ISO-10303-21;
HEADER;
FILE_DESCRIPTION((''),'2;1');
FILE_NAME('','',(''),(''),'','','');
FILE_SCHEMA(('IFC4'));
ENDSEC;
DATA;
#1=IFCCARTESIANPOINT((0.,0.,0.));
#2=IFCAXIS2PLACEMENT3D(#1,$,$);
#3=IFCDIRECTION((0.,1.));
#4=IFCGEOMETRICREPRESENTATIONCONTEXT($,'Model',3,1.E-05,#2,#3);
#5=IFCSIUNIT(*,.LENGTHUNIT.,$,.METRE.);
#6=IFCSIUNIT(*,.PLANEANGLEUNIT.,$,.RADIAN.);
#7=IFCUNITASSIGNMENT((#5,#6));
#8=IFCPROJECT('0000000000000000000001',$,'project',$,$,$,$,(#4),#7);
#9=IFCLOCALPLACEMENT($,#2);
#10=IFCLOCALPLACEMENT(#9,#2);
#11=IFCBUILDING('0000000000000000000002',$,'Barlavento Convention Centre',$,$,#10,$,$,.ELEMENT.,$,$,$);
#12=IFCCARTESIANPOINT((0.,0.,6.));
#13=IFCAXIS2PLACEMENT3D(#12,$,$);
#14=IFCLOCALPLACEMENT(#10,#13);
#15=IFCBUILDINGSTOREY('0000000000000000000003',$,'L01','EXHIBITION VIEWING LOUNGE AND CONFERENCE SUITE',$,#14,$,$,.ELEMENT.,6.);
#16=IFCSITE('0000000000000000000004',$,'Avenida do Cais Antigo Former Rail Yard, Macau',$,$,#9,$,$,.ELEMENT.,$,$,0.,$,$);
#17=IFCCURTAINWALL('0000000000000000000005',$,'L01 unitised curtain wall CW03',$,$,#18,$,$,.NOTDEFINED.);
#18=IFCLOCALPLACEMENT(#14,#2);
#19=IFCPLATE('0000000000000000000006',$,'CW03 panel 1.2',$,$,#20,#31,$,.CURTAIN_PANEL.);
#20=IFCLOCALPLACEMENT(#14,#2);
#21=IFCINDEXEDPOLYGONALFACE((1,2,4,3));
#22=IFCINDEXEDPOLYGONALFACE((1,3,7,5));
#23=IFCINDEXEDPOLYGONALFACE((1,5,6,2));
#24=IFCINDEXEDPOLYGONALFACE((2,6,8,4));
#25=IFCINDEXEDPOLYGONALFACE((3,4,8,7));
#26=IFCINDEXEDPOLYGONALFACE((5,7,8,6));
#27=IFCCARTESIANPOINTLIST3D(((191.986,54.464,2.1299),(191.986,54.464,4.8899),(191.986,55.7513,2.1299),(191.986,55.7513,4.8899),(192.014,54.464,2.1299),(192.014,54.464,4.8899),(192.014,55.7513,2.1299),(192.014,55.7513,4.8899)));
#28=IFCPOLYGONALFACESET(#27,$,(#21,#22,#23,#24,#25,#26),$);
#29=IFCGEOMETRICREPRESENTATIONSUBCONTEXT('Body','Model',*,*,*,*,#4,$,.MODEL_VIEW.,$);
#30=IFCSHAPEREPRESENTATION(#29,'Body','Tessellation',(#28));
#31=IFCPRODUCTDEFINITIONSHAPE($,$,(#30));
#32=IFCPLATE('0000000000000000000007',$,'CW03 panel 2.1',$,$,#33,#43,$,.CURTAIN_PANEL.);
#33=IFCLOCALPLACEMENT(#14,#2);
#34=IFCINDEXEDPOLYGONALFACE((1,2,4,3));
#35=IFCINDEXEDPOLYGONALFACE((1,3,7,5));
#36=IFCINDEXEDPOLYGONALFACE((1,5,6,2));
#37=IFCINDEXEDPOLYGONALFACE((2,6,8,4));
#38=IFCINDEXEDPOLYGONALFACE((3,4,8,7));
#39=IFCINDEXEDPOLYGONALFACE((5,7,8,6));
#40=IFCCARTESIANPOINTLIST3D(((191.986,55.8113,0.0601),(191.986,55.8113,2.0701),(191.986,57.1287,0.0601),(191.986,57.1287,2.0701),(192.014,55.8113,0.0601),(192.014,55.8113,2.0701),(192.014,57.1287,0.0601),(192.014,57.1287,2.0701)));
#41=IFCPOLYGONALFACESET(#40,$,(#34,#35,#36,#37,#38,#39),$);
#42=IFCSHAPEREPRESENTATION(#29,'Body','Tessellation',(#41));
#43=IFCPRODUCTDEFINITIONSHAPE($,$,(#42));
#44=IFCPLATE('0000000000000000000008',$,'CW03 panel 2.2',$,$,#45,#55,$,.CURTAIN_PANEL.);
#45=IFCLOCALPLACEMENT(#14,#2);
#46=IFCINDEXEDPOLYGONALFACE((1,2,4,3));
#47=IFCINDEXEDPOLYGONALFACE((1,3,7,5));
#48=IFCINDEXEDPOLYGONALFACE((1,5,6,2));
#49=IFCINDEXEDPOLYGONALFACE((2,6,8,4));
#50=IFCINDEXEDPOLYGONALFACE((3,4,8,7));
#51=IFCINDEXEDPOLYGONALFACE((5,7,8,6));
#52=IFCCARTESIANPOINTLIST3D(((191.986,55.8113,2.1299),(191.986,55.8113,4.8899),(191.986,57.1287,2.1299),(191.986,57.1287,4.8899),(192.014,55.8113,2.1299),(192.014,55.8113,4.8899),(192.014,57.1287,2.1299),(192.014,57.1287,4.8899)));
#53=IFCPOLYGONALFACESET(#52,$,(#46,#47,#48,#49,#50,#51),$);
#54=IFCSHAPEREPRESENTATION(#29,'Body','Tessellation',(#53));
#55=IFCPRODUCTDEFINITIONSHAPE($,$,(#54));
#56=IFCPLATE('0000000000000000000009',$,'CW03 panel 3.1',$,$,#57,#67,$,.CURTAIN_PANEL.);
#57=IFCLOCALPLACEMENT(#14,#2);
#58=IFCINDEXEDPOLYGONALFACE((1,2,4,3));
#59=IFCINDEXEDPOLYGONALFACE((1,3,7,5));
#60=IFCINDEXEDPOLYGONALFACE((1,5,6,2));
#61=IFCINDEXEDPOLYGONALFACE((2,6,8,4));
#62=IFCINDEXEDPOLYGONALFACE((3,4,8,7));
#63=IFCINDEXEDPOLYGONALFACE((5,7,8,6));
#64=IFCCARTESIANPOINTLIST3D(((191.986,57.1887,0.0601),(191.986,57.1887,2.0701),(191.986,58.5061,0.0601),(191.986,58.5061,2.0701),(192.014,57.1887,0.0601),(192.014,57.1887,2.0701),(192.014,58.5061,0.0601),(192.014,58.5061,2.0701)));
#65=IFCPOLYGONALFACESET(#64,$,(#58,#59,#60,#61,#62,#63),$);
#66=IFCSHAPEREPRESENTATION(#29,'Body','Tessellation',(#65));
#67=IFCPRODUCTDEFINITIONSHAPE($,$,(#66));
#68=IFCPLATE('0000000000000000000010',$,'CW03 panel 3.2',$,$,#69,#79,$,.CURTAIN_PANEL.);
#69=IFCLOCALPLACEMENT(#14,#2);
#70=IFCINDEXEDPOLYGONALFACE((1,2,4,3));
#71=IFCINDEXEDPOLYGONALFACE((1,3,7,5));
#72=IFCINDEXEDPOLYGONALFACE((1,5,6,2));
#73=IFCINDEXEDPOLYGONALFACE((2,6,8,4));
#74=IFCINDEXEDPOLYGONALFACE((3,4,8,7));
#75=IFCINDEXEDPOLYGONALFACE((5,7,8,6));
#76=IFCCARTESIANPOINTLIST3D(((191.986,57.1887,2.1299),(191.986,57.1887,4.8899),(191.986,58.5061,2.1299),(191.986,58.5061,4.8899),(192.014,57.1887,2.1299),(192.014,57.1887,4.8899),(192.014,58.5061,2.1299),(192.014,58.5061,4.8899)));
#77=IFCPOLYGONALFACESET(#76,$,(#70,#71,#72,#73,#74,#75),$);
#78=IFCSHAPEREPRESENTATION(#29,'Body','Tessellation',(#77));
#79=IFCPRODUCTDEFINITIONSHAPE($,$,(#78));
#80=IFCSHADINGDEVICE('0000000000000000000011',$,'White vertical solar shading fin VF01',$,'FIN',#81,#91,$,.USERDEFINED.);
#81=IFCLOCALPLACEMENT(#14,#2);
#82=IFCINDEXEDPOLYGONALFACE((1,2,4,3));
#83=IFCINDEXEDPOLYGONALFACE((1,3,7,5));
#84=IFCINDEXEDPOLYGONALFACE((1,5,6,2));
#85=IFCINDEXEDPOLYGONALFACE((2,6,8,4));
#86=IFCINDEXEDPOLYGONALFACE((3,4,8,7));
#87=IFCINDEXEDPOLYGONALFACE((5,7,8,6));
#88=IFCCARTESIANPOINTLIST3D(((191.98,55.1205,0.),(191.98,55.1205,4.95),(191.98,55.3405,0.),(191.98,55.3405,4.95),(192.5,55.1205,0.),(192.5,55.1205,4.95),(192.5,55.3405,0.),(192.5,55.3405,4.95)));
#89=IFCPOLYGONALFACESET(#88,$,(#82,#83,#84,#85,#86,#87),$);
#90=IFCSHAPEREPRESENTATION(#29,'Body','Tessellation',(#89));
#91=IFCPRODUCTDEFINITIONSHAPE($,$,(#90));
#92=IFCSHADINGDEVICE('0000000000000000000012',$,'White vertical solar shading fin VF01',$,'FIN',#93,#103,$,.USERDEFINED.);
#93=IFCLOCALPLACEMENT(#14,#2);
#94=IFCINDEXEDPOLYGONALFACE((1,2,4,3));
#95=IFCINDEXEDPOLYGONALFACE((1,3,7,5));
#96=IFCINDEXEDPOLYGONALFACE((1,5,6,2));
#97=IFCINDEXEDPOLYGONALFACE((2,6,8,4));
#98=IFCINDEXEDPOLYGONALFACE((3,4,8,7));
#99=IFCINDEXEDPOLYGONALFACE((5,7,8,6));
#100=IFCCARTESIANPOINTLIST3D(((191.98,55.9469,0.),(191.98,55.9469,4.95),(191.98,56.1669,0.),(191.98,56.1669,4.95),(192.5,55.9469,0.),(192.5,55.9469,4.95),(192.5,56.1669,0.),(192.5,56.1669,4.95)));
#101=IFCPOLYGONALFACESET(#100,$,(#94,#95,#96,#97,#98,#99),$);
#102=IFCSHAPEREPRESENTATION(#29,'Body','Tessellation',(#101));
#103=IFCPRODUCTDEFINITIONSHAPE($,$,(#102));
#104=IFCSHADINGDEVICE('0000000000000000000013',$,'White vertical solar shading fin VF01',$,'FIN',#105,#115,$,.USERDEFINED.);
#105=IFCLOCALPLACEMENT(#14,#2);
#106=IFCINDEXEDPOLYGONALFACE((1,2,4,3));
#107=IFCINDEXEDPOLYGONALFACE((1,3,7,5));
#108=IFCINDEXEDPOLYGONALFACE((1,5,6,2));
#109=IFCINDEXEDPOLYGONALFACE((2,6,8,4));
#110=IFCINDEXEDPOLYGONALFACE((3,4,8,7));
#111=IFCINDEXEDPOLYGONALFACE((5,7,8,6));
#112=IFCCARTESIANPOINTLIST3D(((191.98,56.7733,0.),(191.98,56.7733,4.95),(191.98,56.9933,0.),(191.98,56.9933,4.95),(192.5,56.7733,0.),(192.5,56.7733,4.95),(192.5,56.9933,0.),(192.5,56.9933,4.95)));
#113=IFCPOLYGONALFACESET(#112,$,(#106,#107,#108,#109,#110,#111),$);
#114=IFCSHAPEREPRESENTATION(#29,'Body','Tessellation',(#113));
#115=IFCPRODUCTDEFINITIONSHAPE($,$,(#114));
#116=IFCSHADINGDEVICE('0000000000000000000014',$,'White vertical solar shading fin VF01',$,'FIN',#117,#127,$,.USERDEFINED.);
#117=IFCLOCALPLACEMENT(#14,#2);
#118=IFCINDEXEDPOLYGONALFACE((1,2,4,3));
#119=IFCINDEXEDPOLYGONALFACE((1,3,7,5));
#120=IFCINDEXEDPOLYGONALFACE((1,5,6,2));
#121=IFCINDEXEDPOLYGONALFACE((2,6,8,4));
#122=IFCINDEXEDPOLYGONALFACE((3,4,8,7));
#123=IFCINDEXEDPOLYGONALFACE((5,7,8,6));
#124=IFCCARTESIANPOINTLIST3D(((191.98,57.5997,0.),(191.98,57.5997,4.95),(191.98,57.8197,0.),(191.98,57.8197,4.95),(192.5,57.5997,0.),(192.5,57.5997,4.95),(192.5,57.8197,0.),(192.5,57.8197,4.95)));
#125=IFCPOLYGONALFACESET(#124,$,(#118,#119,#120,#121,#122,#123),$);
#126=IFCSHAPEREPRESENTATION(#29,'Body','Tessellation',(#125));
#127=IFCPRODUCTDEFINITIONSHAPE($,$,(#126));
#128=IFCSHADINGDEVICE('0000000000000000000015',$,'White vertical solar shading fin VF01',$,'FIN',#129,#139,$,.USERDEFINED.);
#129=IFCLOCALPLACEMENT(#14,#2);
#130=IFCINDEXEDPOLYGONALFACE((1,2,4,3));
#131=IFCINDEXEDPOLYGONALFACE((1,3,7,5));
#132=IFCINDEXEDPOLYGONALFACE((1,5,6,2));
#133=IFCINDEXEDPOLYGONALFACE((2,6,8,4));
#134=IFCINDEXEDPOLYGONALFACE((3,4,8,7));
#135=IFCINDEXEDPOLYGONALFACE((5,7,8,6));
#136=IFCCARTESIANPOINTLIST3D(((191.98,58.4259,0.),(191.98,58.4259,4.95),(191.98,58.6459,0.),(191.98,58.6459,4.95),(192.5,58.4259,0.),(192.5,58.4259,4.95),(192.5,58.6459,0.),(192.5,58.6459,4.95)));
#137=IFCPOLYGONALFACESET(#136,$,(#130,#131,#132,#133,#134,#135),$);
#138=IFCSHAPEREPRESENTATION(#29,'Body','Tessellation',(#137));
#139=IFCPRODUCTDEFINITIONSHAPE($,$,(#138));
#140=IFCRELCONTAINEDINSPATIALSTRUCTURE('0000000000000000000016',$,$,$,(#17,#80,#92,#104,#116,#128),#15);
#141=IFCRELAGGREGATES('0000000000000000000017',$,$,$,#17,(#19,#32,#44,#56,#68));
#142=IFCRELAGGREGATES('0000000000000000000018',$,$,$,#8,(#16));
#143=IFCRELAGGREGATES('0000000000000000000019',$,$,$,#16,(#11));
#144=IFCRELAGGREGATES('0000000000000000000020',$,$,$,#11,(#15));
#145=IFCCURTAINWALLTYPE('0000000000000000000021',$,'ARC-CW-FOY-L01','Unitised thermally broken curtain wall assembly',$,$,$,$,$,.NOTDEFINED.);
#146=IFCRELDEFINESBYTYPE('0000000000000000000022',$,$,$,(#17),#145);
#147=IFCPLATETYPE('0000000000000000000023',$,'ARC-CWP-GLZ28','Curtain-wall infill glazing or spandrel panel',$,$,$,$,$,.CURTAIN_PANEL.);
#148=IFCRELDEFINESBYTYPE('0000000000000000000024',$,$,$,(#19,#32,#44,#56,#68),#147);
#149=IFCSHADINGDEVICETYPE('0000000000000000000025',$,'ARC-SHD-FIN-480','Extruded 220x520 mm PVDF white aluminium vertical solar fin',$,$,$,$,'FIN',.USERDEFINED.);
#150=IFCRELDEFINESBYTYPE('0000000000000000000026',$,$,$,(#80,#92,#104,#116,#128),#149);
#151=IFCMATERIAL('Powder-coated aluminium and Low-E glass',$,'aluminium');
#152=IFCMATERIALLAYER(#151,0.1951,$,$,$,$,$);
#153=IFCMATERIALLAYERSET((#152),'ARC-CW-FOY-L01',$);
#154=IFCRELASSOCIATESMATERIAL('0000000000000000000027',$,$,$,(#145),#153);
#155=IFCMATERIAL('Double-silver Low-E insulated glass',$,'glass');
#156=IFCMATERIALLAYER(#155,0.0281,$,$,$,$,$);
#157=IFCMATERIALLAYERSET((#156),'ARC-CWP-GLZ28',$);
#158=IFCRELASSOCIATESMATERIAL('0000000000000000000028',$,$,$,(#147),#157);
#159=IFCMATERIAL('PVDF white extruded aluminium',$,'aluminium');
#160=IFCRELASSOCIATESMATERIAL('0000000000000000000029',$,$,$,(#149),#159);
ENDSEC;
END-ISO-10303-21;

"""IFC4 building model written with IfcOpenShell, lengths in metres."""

from ifc_helpers import new_model, si_unit, direction, frame, origin, origin_2d, place, context, subcontext, project, spatial, rectangle, extrude, material, layer, layer_set, type_object, element, aggregate, save


model = new_model("IFC4")

# Units and contexts
model_context = context("Model", 3, precision=1e-05, world=origin(), true_north=direction((0.0, 1.0)))
body_context = subcontext(model_context, "Body", "Model", "MODEL_VIEW")
ifc_project = project(units=[si_unit("LENGTHUNIT", "METRE"), si_unit("PLANEANGLEUNIT", "RADIAN")], contexts=[model_context])

# Site, building, storey
site_placement = place(None, origin())
site = spatial("IfcSite", under=ifc_project, at=site_placement, Name="Avenida do Cais Antigo Former Rail Yard, Macau", CompositionType="ELEMENT", RefElevation=0.0)
building_placement = place(site_placement, origin())
building = spatial("IfcBuilding", under=site, at=building_placement, Name="Barlavento Convention Centre", CompositionType="ELEMENT")
storey_placement = place(building_placement, frame((0.0, 0.0, 6.0)))
storey = spatial("IfcBuildingStorey", under=building, at=storey_placement, Name="L01", Description="EXHIBITION VIEWING LOUNGE AND CONFERENCE SUITE", CompositionType="ELEMENT", Elevation=6.0)

# Curtain wall, plates
ifc_material_1 = material(Name="Powder-coated aluminium and Low-E glass", Category="aluminium")
ifc_layer_1 = layer(ifc_material_1, 0.1951)
ifc_layer_set_1 = layer_set([ifc_layer_1], Name="ARC-CW-FOY-L01")
curtain_wall_type = type_object("IfcCurtainWallType", Name="ARC-CW-FOY-L01", Description="Unitised thermally broken curtain wall assembly", PredefinedType="NOTDEFINED", material=ifc_layer_set_1)
curtain_wall_placement = place(storey_placement, origin())
curtain_wall = element("IfcCurtainWall", 1, at=curtain_wall_placement, inside=storey, type_object=curtain_wall_type, Name="L01 unitised curtain wall CW03", PredefinedType="NOTDEFINED")
ifc_material_2 = material(Name="Double-silver Low-E insulated glass", Category="glass")
ifc_layer_2 = layer(ifc_material_2, 0.0281)
ifc_layer_set_2 = layer_set([ifc_layer_2], Name="ARC-CWP-GLZ28")
plate_type = type_object("IfcPlateType", Name="ARC-CWP-GLZ28", Description="Curtain-wall infill glazing or spandrel panel", PredefinedType="CURTAIN_PANEL", material=ifc_layer_set_2)
plate_1_placement = place(storey_placement, frame((192.0, 55.1077, 2.1299), z_axis=(0.0, 0.0, 1.0), x_axis=(0.0, 1.0, 0.0)))
plate_1 = element("IfcPlate", 2, at=plate_1_placement, type_object=plate_type, Name="CW03 panel 1.2", PredefinedType="CURTAIN_PANEL", context=body_context, shape_type="SweptSolid", body=[
    extrude(rectangle(XDim=1.2874, YDim=0.0281, at=origin_2d()), origin(), (0.0, 0.0, 1.0), 2.76),
])
plate_2_placement = place(storey_placement, frame((192.0, 56.47, 0.0601), z_axis=(0.0, 0.0, 1.0), x_axis=(0.0, 1.0, 0.0)))
plate_2 = element("IfcPlate", 3, at=plate_2_placement, type_object=plate_type, Name="CW03 panel 2.1", PredefinedType="CURTAIN_PANEL", context=body_context, shape_type="SweptSolid", body=[
    extrude(rectangle(XDim=1.3174, YDim=0.0281, at=origin_2d()), origin(), (0.0, 0.0, 1.0), 2.01),
])
plate_3_placement = place(storey_placement, frame((192.0, 56.47, 2.1299), z_axis=(0.0, 0.0, 1.0), x_axis=(0.0, 1.0, 0.0)))
plate_3 = element("IfcPlate", 4, at=plate_3_placement, type_object=plate_type, Name="CW03 panel 2.2", PredefinedType="CURTAIN_PANEL", context=body_context, shape_type="SweptSolid", body=[
    extrude(rectangle(XDim=1.3174, YDim=0.0281, at=origin_2d()), origin(), (0.0, 0.0, 1.0), 2.76),
])
plate_4_placement = place(storey_placement, frame((192.0, 57.8474, 0.0601), z_axis=(0.0, 0.0, 1.0), x_axis=(0.0, 1.0, 0.0)))
plate_4 = element("IfcPlate", 5, at=plate_4_placement, type_object=plate_type, Name="CW03 panel 3.1", PredefinedType="CURTAIN_PANEL", context=body_context, shape_type="SweptSolid", body=[
    extrude(rectangle(XDim=1.3174, YDim=0.0281, at=origin_2d()), origin(), (0.0, 0.0, 1.0), 2.01),
])
plate_5_placement = place(storey_placement, frame((192.0, 57.8474, 2.1299), z_axis=(0.0, 0.0, 1.0), x_axis=(0.0, 1.0, 0.0)))
plate_5 = element("IfcPlate", 6, at=plate_5_placement, type_object=plate_type, Name="CW03 panel 3.2", PredefinedType="CURTAIN_PANEL", context=body_context, shape_type="SweptSolid", body=[
    extrude(rectangle(XDim=1.3174, YDim=0.0281, at=origin_2d()), origin(), (0.0, 0.0, 1.0), 2.76),
])
aggregate(curtain_wall, [plate_1, plate_2, plate_3, plate_4, plate_5])

# Shading devices
ifc_material_3 = material(Name="PVDF white extruded aluminium", Category="aluminium")
shading_device_type = type_object("IfcShadingDeviceType", Name="ARC-SHD-FIN-480", Description="Extruded 220x520 mm PVDF white aluminium vertical solar fin", ElementType="FIN", PredefinedType="USERDEFINED", material=ifc_material_3)
for number, where, z_axis, x_axis, name in (
    (7, (192.24, 55.2305, 0.0), (0.0, 0.0, 1.0), (0.0, 1.0, 0.0), "White vertical solar shading fin VF01"),
    (8, (192.24, 56.0569, 0.0), (0.0, 0.0, 1.0), (0.0, 1.0, 0.0), "White vertical solar shading fin VF01"),
    (9, (192.24, 56.8833, 0.0), (0.0, 0.0, 1.0), (0.0, 1.0, 0.0), "White vertical solar shading fin VF01"),
    (10, (192.24, 57.7097, 0.0), (0.0, 0.0, 1.0), (0.0, 1.0, 0.0), "White vertical solar shading fin VF01"),
    (11, (192.24, 58.5359, 0.0), (0.0, 0.0, 1.0), (0.0, 1.0, 0.0), "White vertical solar shading fin VF01"),
):
    element("IfcShadingDevice", number, at=place(storey_placement, frame(where, z_axis=z_axis, x_axis=x_axis)), inside=storey, type_object=shading_device_type, Name=name, ObjectType="FIN", PredefinedType="USERDEFINED", context=body_context, shape_type="SweptSolid", body=[
        extrude(rectangle(XDim=0.22, YDim=0.52, at=origin_2d()), origin(), (0.0, 0.0, 1.0), 4.95),
    ])

save(model, "model.ifc")
